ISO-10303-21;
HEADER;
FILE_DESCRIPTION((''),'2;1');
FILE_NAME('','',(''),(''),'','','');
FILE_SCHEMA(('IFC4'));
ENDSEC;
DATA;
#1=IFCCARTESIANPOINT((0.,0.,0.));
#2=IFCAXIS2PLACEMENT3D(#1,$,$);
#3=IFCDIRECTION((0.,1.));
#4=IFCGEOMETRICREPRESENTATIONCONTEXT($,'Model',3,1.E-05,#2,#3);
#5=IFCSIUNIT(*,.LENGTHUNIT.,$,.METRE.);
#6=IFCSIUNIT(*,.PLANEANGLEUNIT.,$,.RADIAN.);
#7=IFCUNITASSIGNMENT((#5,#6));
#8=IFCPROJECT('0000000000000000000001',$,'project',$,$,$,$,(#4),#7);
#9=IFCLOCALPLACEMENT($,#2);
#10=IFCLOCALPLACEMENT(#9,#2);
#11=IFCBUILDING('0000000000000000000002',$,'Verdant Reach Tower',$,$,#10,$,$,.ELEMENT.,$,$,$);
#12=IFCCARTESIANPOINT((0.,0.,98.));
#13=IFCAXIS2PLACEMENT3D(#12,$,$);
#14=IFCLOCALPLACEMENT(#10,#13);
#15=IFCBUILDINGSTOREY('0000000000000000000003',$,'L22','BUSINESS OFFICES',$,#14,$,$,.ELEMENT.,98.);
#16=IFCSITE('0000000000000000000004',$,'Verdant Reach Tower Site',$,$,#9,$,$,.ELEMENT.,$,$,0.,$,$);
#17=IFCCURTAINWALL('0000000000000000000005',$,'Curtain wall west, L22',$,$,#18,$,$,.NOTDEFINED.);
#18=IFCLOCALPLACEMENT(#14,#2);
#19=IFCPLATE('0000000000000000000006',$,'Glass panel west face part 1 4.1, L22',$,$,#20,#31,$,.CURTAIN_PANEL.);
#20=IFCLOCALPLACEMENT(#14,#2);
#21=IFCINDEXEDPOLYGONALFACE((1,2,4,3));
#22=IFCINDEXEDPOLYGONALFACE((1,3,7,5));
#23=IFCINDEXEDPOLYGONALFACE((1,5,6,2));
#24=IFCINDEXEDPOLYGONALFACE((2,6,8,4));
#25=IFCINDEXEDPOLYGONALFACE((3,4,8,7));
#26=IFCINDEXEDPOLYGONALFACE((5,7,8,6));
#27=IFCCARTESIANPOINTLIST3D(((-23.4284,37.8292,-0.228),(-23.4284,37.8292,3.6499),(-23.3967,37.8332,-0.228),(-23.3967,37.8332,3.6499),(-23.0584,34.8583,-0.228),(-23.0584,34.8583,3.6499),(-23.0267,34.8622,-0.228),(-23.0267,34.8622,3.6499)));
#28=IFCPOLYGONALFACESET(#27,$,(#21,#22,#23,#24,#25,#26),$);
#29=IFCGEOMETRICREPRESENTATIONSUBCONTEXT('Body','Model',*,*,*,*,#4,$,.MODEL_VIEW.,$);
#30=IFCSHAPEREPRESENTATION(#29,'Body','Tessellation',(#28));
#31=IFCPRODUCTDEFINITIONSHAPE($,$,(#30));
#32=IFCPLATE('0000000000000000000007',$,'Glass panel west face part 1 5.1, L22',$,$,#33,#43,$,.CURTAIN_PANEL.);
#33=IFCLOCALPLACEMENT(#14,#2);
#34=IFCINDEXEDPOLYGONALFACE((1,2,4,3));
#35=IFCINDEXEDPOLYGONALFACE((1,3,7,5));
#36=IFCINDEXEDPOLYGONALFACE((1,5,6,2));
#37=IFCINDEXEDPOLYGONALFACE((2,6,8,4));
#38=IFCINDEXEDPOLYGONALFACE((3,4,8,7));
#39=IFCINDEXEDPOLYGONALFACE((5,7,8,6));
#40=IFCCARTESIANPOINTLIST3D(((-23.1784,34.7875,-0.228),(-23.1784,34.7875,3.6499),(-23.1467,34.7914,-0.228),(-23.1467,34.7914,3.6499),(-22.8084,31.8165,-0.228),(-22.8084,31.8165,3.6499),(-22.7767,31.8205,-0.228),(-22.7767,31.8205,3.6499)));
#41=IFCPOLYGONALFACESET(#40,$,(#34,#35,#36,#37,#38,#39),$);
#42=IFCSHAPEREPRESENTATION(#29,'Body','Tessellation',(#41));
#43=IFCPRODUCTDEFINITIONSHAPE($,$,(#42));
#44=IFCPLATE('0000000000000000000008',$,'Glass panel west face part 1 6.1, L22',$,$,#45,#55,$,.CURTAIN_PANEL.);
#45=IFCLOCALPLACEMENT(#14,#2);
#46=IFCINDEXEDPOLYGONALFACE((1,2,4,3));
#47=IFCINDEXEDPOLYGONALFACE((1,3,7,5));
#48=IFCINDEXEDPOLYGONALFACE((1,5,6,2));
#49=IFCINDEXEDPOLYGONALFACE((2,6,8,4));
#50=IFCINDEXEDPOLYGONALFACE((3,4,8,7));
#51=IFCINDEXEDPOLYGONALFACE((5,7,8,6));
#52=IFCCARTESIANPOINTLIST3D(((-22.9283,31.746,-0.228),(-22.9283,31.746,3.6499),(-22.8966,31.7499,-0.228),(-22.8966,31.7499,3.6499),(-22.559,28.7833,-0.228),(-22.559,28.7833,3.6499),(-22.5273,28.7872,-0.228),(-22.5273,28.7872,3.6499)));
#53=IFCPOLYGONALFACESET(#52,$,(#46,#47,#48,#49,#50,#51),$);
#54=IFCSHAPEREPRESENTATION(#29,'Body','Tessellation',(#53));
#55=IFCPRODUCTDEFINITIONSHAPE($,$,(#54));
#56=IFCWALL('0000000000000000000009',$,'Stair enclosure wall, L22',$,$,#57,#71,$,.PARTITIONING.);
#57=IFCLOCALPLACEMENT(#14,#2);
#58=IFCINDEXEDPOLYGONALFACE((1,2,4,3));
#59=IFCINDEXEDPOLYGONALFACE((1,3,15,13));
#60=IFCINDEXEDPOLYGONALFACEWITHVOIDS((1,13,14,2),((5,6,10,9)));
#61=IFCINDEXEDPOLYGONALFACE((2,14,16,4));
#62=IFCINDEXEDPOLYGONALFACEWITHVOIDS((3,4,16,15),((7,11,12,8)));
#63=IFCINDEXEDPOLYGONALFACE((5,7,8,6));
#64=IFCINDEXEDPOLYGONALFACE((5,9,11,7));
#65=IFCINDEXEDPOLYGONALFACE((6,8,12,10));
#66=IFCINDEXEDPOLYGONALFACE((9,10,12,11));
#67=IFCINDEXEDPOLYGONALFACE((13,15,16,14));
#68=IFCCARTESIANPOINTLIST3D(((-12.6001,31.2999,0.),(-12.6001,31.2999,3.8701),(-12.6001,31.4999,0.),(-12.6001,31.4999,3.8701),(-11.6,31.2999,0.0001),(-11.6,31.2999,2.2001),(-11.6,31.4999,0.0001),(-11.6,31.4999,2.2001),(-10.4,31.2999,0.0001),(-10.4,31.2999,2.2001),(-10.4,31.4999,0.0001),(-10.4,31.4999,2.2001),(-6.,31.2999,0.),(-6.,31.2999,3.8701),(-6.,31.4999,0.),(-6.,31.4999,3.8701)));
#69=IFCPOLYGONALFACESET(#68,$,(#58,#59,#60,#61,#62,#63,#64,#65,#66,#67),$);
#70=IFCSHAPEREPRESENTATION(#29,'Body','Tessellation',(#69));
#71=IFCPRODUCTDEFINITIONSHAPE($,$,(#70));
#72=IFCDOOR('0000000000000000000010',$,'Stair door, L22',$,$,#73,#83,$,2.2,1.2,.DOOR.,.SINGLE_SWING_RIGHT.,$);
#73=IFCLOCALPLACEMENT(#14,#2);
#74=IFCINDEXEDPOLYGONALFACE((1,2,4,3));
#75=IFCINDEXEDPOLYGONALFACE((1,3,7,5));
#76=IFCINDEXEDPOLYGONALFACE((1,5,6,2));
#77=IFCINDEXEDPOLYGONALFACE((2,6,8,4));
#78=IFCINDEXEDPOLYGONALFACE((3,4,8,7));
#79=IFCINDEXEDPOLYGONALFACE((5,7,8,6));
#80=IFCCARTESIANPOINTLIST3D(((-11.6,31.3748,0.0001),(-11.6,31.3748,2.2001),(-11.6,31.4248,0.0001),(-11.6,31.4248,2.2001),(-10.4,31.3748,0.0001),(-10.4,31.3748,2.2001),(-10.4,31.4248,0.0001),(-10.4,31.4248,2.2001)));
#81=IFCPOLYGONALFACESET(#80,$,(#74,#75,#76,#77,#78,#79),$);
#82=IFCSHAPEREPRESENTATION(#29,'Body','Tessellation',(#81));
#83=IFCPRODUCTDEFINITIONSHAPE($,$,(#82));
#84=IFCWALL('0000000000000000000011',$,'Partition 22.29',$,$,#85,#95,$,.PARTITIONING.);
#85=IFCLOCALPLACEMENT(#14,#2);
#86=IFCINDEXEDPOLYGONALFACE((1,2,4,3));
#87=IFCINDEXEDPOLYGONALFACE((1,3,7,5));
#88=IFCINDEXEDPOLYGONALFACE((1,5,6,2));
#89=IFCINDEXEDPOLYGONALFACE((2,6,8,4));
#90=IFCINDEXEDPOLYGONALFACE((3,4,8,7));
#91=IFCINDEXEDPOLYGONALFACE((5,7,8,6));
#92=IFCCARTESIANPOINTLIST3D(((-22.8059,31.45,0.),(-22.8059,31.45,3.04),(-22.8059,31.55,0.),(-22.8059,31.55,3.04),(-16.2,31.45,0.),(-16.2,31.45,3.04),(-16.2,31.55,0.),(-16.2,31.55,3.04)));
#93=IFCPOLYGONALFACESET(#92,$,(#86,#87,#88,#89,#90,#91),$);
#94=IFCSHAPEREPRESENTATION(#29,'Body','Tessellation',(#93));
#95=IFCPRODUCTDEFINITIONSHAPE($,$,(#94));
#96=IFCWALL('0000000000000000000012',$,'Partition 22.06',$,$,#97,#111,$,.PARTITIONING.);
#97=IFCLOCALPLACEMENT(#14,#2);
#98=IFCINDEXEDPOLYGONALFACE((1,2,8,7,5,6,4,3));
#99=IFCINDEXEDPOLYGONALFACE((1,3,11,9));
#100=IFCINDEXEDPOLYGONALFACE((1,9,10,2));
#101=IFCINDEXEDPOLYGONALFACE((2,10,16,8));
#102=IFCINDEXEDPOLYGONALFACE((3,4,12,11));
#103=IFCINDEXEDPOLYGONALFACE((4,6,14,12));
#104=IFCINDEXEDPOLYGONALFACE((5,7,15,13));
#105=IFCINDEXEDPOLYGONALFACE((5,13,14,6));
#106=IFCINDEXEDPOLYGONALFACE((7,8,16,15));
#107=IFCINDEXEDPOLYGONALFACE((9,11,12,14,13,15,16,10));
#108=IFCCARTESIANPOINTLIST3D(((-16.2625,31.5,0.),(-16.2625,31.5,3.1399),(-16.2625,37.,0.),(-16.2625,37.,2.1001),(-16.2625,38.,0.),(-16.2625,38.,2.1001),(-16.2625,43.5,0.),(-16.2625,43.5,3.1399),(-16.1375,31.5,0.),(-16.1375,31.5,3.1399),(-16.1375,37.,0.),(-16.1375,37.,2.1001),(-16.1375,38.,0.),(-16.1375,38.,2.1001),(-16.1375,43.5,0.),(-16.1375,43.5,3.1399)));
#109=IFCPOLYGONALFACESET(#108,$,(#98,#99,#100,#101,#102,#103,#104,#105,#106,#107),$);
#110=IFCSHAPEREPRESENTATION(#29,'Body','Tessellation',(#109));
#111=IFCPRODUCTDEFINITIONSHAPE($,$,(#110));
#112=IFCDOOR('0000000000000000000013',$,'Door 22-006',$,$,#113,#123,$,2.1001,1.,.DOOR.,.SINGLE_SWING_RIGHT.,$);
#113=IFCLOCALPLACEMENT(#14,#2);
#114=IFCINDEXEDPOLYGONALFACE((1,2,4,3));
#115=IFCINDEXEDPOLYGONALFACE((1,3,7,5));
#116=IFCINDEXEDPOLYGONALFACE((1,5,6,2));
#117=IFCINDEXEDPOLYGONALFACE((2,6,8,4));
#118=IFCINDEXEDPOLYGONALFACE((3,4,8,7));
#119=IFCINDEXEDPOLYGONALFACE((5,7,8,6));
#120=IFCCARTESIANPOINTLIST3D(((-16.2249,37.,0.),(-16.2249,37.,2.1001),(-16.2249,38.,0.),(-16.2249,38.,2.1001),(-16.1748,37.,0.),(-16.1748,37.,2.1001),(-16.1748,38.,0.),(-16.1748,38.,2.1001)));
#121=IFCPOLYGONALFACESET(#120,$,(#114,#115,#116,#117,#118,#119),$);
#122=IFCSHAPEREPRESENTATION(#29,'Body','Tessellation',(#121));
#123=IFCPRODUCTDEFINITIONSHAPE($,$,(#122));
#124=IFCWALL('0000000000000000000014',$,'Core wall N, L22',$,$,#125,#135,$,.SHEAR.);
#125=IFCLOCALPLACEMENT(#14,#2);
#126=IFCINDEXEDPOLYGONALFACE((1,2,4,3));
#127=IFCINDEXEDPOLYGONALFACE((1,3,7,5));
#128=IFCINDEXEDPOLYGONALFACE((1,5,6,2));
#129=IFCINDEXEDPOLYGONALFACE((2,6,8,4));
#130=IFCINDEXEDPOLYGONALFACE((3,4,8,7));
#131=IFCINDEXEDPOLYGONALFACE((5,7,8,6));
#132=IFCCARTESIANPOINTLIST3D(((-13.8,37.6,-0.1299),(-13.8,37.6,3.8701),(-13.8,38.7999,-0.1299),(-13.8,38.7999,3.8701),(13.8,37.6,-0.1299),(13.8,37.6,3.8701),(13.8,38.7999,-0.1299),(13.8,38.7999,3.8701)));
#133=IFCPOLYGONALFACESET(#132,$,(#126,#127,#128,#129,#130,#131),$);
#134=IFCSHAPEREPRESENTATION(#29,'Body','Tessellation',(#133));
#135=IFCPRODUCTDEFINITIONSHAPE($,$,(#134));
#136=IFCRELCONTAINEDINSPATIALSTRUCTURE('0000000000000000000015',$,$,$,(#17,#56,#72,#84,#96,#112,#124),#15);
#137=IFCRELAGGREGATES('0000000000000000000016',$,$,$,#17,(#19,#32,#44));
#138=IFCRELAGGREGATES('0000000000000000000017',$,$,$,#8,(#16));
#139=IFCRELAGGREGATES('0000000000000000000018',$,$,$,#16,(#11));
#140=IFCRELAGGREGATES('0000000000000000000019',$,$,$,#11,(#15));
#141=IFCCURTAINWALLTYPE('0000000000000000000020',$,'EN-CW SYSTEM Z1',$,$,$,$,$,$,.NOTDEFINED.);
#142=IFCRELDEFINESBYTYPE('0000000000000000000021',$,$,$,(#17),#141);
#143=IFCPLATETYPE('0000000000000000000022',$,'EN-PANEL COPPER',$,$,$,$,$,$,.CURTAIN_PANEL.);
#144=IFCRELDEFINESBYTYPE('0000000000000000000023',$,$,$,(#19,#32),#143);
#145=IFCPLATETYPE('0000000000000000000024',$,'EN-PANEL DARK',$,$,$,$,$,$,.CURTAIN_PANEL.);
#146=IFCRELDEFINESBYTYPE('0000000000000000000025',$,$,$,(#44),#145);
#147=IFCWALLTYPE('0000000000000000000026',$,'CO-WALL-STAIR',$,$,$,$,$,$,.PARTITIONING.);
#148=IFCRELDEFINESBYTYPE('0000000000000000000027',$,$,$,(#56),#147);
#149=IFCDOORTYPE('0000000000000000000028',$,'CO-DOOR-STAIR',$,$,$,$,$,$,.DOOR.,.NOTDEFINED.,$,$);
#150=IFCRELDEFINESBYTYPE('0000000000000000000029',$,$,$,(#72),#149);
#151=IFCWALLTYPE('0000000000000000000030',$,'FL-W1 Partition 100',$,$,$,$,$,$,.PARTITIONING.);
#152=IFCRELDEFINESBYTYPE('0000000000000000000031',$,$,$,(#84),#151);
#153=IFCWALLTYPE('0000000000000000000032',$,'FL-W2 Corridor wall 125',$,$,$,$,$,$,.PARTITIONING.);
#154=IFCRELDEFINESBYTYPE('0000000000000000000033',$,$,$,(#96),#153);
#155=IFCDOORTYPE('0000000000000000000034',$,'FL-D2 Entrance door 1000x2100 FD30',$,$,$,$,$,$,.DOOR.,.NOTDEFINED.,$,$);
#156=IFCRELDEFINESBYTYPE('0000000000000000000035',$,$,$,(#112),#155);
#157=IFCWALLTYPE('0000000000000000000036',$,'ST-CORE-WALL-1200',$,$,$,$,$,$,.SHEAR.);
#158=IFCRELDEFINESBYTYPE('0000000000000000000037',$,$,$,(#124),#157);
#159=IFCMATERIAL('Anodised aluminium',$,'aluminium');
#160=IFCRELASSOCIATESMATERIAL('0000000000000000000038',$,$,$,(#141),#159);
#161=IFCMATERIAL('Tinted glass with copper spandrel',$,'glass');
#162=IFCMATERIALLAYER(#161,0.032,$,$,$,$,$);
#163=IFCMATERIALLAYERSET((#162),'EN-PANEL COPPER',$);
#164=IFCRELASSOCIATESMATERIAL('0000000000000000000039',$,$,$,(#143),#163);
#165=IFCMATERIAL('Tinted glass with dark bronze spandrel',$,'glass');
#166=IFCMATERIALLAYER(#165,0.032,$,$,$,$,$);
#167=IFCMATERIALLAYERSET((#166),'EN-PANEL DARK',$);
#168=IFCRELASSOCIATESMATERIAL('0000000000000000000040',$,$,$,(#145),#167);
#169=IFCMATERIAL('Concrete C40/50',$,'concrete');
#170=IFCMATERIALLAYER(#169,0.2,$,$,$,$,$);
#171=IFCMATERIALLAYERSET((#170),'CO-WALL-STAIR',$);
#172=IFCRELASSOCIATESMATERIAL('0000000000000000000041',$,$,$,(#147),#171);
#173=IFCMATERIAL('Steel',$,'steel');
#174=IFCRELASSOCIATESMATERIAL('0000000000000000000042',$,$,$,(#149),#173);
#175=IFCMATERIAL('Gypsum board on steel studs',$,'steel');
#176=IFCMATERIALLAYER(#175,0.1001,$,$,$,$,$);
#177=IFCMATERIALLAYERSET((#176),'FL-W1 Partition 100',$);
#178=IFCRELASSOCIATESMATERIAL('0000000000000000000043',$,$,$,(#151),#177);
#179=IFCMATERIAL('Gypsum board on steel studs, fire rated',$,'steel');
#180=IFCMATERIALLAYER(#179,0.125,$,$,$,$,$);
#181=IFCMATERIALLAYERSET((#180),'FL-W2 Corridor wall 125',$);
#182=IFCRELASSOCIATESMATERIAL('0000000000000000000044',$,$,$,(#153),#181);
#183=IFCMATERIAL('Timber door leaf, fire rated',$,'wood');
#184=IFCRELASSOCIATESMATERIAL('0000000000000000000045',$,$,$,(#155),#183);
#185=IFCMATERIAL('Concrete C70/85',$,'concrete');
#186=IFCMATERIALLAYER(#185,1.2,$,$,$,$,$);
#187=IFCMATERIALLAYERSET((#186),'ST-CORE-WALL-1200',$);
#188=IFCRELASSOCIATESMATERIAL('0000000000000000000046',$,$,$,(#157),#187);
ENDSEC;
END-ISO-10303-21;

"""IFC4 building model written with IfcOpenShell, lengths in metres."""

from ifc_helpers import new_model, si_unit, direction, frame, frame_2d, origin, origin_2d, place, context, subcontext, project, spatial, rectangle, extrude, material, layer, layer_set, type_object, element, fill, aggregate, save


model = new_model("IFC4")

# Units and contexts
model_context = context("Model", 3, precision=1e-05, world=origin(), true_north=direction((0.0, 1.0)))
body_context = subcontext(model_context, "Body", "Model", "MODEL_VIEW")
ifc_project = project(units=[si_unit("LENGTHUNIT", "METRE"), si_unit("PLANEANGLEUNIT", "RADIAN")], contexts=[model_context])

# Site, building, storey
site_placement = place(None, origin())
site = spatial("IfcSite", under=ifc_project, at=site_placement, Name="Verdant Reach Tower Site", CompositionType="ELEMENT", RefElevation=0.0)
building_placement = place(site_placement, origin())
building = spatial("IfcBuilding", under=site, at=building_placement, Name="Verdant Reach Tower", CompositionType="ELEMENT")
storey_placement = place(building_placement, frame((0.0, 0.0, 98.0)))
storey = spatial("IfcBuildingStorey", under=building, at=storey_placement, Name="L22", Description="BUSINESS OFFICES", CompositionType="ELEMENT", Elevation=98.0)

# Curtain wall
ifc_material_1 = material(Name="Anodised aluminium", Category="aluminium")
curtain_wall_type = type_object("IfcCurtainWallType", Name="EN-CW SYSTEM Z1", PredefinedType="NOTDEFINED", material=ifc_material_1)
curtain_wall_placement = place(storey_placement, origin())
curtain_wall = element("IfcCurtainWall", 1, at=curtain_wall_placement, inside=storey, type_object=curtain_wall_type, Name="Curtain wall west, L22", PredefinedType="NOTDEFINED")

# Plates
ifc_material_2 = material(Name="Tinted glass with copper spandrel", Category="glass")
ifc_layer_1 = layer(ifc_material_2, 0.032)
ifc_layer_set_1 = layer_set([ifc_layer_1], Name="EN-PANEL COPPER")
plate_type_1 = type_object("IfcPlateType", Name="EN-PANEL COPPER", PredefinedType="CURTAIN_PANEL", material=ifc_layer_set_1)
plate_1_placement = place(storey_placement, frame((-23.2275, 36.3457, -0.228), z_axis=(0.0, 0.0, 1.0), x_axis=(0.123579, -0.992335, 0.0)))
plate_1 = element("IfcPlate", 2, at=plate_1_placement, type_object=plate_type_1, Name="Glass panel west face part 1 4.1, L22", PredefinedType="CURTAIN_PANEL", context=body_context, shape_type="SweptSolid", body=[
    extrude(rectangle(XDim=2.9939, YDim=0.032, at=origin_2d()), origin(), (0.0, 0.0, 1.0), 3.8779),
])
plate_2_placement = place(storey_placement, frame((-22.9775, 33.304, -0.228), z_axis=(0.0, 0.0, 1.0), x_axis=(0.123579, -0.992335, 0.0)))
plate_2 = element("IfcPlate", 3, at=plate_2_placement, type_object=plate_type_1, Name="Glass panel west face part 1 5.1, L22", PredefinedType="CURTAIN_PANEL", context=body_context, shape_type="SweptSolid", body=[
    extrude(rectangle(XDim=2.9939, YDim=0.032, at=origin_2d()), origin(), (0.0, 0.0, 1.0), 3.8779),
])
ifc_material_3 = material(Name="Tinted glass with dark bronze spandrel", Category="glass")
ifc_layer_2 = layer(ifc_material_3, 0.032)
ifc_layer_set_2 = layer_set([ifc_layer_2], Name="EN-PANEL DARK")
plate_type_2 = type_object("IfcPlateType", Name="EN-PANEL DARK", PredefinedType="CURTAIN_PANEL", material=ifc_layer_set_2)
plate_3_placement = place(storey_placement, frame((-22.7278, 30.2666, -0.228), z_axis=(0.0, 0.0, 1.0), x_axis=(0.123691, -0.992321, 0.0)))
plate_3 = element("IfcPlate", 4, at=plate_3_placement, type_object=plate_type_2, Name="Glass panel west face part 1 6.1, L22", PredefinedType="CURTAIN_PANEL", context=body_context, shape_type="SweptSolid", body=[
    extrude(rectangle(XDim=2.9856, YDim=0.032, at=origin_2d()), origin(), (0.0, 0.0, 1.0), 3.8779),
])
aggregate(curtain_wall, [plate_1, plate_2, plate_3])

# Wall, opening, door
ifc_material_4 = material(Name="Concrete C40/50", Category="concrete")
ifc_layer_3 = layer(ifc_material_4, 0.2)
ifc_layer_set_3 = layer_set([ifc_layer_3], Name="CO-WALL-STAIR")
wall_type_1 = type_object("IfcWallType", Name="CO-WALL-STAIR", PredefinedType="PARTITIONING", material=ifc_layer_set_3)
wall_1_placement = place(storey_placement, frame((-12.6001, 31.3999, 0.0), z_axis=(0.0, 0.0, 1.0), x_axis=(1.0, 0.0, 0.0)))
wall_1 = element("IfcWall", 5, at=wall_1_placement, inside=storey, type_object=wall_type_1, Name="Stair enclosure wall, L22", PredefinedType="PARTITIONING", context=body_context, shape_type="SweptSolid", body=[
    extrude(rectangle(XDim=6.6001, YDim=0.2, at=frame_2d((3.3, 0.0))), origin(), (0.0, 0.0, 1.0), 3.8701),
])
opening_1_placement = place(wall_1_placement, frame((1.0, 0.0, 0.0)))
opening_1 = element("IfcOpeningElement", 6, at=opening_1_placement, cuts=wall_1, PredefinedType="OPENING", context=body_context, shape_type="SweptSolid", body=[
    extrude(rectangle(XDim=1.2, YDim=2.2, at=frame_2d((0.6001, 1.1001))), frame((0.0, 0.1099, 0.0), z_axis=(0.0, -1.0, 0.0), x_axis=(1.0, 0.0, 0.0)), (0.0, 0.0, 1.0), 0.22),
])
ifc_material_5 = material(Name="Steel", Category="steel")
door_type_1 = type_object("IfcDoorType", Name="CO-DOOR-STAIR", OperationType="NOTDEFINED", PredefinedType="DOOR", material=ifc_material_5)
door_1_placement = place(opening_1_placement, origin())
door_1 = element("IfcDoor", 7, at=door_1_placement, inside=storey, type_object=door_type_1, Name="Stair door, L22", OperationType="SINGLE_SWING_RIGHT", OverallHeight=2.2, OverallWidth=1.2, PredefinedType="DOOR", context=body_context, shape_type="SweptSolid", body=[
    extrude(rectangle(XDim=1.2, YDim=2.2, at=frame_2d((0.6001, 1.1001))), frame((0.0, 0.0249, 0.0), z_axis=(0.0, -1.0, 0.0), x_axis=(1.0, 0.0, 0.0)), (0.0, 0.0, 1.0), 0.05),
])
fill(opening_1, door_1)

# Wall
ifc_material_6 = material(Name="Gypsum board on steel studs", Category="steel")
ifc_layer_4 = layer(ifc_material_6, 0.1001)
ifc_layer_set_4 = layer_set([ifc_layer_4], Name="FL-W1 Partition 100")
wall_type_2 = type_object("IfcWallType", Name="FL-W1 Partition 100", PredefinedType="PARTITIONING", material=ifc_layer_set_4)
wall_2_placement = place(storey_placement, frame((-16.2, 31.5, 0.0), z_axis=(0.0, 0.0, 1.0), x_axis=(-1.0, 0.0, 0.0)))
element("IfcWall", 8, at=wall_2_placement, inside=storey, type_object=wall_type_2, Name="Partition 22.29", PredefinedType="PARTITIONING", context=body_context, shape_type="SweptSolid", body=[
    extrude(rectangle(XDim=6.606, YDim=0.1001, at=frame_2d((3.303, 0.0))), origin(), (0.0, 0.0, 1.0), 3.04),
])

# Wall, opening, door
ifc_material_7 = material(Name="Gypsum board on steel studs, fire rated", Category="steel")
ifc_layer_5 = layer(ifc_material_7, 0.125)
ifc_layer_set_5 = layer_set([ifc_layer_5], Name="FL-W2 Corridor wall 125")
wall_type_3 = type_object("IfcWallType", Name="FL-W2 Corridor wall 125", PredefinedType="PARTITIONING", material=ifc_layer_set_5)
wall_3_placement = place(storey_placement, frame((-16.2, 31.5, 0.0), z_axis=(0.0, 0.0, 1.0), x_axis=(0.0, 1.0, 0.0)))
wall_3 = element("IfcWall", 9, at=wall_3_placement, inside=storey, type_object=wall_type_3, Name="Partition 22.06", PredefinedType="PARTITIONING", context=body_context, shape_type="SweptSolid", body=[
    extrude(rectangle(XDim=12.0, YDim=0.125, at=frame_2d((6.0, 0.0))), origin(), (0.0, 0.0, 1.0), 3.1399),
])
opening_2_placement = place(wall_3_placement, frame((5.5, 0.0, 0.0)))
opening_2 = element("IfcOpeningElement", 10, at=opening_2_placement, cuts=wall_3, PredefinedType="OPENING", context=body_context, shape_type="SweptSolid", body=[
    extrude(rectangle(XDim=1.0, YDim=2.1001, at=frame_2d((0.5, 1.05))), frame((0.0, 0.0725, 0.0), z_axis=(0.0, -1.0, 0.0), x_axis=(1.0, 0.0, 0.0)), (0.0, 0.0, 1.0), 0.145),
])
ifc_material_8 = material(Name="Timber door leaf, fire rated", Category="wood")
door_type_2 = type_object("IfcDoorType", Name="FL-D2 Entrance door 1000x2100 FD30", OperationType="NOTDEFINED", PredefinedType="DOOR", material=ifc_material_8)
door_2_placement = place(opening_2_placement, origin())
door_2 = element("IfcDoor", 11, at=door_2_placement, inside=storey, type_object=door_type_2, Name="Door 22-006", OperationType="SINGLE_SWING_RIGHT", OverallHeight=2.1001, OverallWidth=1.0, PredefinedType="DOOR", context=body_context, shape_type="SweptSolid", body=[
    extrude(rectangle(XDim=1.0, YDim=2.1001, at=frame_2d((0.5, 1.05))), frame((0.0, 0.0249, 0.0), z_axis=(0.0, -1.0, 0.0), x_axis=(1.0, 0.0, 0.0)), (0.0, 0.0, 1.0), 0.05),
])
fill(opening_2, door_2)

# Wall
ifc_material_9 = material(Name="Concrete C70/85", Category="concrete")
ifc_layer_6 = layer(ifc_material_9, 1.2)
ifc_layer_set_6 = layer_set([ifc_layer_6], Name="ST-CORE-WALL-1200")
wall_type_4 = type_object("IfcWallType", Name="ST-CORE-WALL-1200", PredefinedType="SHEAR", material=ifc_layer_set_6)
wall_4_placement = place(storey_placement, frame((-13.8, 38.2, -0.1299), z_axis=(0.0, 0.0, 1.0), x_axis=(1.0, 0.0, 0.0)))
element("IfcWall", 12, at=wall_4_placement, inside=storey, type_object=wall_type_4, Name="Core wall N, L22", PredefinedType="SHEAR", context=body_context, shape_type="SweptSolid", body=[
    extrude(rectangle(XDim=27.6001, YDim=1.2, at=frame_2d((13.8, 0.0))), origin(), (0.0, 0.0, 1.0), 4.0),
])

save(model, "model.ifc")
